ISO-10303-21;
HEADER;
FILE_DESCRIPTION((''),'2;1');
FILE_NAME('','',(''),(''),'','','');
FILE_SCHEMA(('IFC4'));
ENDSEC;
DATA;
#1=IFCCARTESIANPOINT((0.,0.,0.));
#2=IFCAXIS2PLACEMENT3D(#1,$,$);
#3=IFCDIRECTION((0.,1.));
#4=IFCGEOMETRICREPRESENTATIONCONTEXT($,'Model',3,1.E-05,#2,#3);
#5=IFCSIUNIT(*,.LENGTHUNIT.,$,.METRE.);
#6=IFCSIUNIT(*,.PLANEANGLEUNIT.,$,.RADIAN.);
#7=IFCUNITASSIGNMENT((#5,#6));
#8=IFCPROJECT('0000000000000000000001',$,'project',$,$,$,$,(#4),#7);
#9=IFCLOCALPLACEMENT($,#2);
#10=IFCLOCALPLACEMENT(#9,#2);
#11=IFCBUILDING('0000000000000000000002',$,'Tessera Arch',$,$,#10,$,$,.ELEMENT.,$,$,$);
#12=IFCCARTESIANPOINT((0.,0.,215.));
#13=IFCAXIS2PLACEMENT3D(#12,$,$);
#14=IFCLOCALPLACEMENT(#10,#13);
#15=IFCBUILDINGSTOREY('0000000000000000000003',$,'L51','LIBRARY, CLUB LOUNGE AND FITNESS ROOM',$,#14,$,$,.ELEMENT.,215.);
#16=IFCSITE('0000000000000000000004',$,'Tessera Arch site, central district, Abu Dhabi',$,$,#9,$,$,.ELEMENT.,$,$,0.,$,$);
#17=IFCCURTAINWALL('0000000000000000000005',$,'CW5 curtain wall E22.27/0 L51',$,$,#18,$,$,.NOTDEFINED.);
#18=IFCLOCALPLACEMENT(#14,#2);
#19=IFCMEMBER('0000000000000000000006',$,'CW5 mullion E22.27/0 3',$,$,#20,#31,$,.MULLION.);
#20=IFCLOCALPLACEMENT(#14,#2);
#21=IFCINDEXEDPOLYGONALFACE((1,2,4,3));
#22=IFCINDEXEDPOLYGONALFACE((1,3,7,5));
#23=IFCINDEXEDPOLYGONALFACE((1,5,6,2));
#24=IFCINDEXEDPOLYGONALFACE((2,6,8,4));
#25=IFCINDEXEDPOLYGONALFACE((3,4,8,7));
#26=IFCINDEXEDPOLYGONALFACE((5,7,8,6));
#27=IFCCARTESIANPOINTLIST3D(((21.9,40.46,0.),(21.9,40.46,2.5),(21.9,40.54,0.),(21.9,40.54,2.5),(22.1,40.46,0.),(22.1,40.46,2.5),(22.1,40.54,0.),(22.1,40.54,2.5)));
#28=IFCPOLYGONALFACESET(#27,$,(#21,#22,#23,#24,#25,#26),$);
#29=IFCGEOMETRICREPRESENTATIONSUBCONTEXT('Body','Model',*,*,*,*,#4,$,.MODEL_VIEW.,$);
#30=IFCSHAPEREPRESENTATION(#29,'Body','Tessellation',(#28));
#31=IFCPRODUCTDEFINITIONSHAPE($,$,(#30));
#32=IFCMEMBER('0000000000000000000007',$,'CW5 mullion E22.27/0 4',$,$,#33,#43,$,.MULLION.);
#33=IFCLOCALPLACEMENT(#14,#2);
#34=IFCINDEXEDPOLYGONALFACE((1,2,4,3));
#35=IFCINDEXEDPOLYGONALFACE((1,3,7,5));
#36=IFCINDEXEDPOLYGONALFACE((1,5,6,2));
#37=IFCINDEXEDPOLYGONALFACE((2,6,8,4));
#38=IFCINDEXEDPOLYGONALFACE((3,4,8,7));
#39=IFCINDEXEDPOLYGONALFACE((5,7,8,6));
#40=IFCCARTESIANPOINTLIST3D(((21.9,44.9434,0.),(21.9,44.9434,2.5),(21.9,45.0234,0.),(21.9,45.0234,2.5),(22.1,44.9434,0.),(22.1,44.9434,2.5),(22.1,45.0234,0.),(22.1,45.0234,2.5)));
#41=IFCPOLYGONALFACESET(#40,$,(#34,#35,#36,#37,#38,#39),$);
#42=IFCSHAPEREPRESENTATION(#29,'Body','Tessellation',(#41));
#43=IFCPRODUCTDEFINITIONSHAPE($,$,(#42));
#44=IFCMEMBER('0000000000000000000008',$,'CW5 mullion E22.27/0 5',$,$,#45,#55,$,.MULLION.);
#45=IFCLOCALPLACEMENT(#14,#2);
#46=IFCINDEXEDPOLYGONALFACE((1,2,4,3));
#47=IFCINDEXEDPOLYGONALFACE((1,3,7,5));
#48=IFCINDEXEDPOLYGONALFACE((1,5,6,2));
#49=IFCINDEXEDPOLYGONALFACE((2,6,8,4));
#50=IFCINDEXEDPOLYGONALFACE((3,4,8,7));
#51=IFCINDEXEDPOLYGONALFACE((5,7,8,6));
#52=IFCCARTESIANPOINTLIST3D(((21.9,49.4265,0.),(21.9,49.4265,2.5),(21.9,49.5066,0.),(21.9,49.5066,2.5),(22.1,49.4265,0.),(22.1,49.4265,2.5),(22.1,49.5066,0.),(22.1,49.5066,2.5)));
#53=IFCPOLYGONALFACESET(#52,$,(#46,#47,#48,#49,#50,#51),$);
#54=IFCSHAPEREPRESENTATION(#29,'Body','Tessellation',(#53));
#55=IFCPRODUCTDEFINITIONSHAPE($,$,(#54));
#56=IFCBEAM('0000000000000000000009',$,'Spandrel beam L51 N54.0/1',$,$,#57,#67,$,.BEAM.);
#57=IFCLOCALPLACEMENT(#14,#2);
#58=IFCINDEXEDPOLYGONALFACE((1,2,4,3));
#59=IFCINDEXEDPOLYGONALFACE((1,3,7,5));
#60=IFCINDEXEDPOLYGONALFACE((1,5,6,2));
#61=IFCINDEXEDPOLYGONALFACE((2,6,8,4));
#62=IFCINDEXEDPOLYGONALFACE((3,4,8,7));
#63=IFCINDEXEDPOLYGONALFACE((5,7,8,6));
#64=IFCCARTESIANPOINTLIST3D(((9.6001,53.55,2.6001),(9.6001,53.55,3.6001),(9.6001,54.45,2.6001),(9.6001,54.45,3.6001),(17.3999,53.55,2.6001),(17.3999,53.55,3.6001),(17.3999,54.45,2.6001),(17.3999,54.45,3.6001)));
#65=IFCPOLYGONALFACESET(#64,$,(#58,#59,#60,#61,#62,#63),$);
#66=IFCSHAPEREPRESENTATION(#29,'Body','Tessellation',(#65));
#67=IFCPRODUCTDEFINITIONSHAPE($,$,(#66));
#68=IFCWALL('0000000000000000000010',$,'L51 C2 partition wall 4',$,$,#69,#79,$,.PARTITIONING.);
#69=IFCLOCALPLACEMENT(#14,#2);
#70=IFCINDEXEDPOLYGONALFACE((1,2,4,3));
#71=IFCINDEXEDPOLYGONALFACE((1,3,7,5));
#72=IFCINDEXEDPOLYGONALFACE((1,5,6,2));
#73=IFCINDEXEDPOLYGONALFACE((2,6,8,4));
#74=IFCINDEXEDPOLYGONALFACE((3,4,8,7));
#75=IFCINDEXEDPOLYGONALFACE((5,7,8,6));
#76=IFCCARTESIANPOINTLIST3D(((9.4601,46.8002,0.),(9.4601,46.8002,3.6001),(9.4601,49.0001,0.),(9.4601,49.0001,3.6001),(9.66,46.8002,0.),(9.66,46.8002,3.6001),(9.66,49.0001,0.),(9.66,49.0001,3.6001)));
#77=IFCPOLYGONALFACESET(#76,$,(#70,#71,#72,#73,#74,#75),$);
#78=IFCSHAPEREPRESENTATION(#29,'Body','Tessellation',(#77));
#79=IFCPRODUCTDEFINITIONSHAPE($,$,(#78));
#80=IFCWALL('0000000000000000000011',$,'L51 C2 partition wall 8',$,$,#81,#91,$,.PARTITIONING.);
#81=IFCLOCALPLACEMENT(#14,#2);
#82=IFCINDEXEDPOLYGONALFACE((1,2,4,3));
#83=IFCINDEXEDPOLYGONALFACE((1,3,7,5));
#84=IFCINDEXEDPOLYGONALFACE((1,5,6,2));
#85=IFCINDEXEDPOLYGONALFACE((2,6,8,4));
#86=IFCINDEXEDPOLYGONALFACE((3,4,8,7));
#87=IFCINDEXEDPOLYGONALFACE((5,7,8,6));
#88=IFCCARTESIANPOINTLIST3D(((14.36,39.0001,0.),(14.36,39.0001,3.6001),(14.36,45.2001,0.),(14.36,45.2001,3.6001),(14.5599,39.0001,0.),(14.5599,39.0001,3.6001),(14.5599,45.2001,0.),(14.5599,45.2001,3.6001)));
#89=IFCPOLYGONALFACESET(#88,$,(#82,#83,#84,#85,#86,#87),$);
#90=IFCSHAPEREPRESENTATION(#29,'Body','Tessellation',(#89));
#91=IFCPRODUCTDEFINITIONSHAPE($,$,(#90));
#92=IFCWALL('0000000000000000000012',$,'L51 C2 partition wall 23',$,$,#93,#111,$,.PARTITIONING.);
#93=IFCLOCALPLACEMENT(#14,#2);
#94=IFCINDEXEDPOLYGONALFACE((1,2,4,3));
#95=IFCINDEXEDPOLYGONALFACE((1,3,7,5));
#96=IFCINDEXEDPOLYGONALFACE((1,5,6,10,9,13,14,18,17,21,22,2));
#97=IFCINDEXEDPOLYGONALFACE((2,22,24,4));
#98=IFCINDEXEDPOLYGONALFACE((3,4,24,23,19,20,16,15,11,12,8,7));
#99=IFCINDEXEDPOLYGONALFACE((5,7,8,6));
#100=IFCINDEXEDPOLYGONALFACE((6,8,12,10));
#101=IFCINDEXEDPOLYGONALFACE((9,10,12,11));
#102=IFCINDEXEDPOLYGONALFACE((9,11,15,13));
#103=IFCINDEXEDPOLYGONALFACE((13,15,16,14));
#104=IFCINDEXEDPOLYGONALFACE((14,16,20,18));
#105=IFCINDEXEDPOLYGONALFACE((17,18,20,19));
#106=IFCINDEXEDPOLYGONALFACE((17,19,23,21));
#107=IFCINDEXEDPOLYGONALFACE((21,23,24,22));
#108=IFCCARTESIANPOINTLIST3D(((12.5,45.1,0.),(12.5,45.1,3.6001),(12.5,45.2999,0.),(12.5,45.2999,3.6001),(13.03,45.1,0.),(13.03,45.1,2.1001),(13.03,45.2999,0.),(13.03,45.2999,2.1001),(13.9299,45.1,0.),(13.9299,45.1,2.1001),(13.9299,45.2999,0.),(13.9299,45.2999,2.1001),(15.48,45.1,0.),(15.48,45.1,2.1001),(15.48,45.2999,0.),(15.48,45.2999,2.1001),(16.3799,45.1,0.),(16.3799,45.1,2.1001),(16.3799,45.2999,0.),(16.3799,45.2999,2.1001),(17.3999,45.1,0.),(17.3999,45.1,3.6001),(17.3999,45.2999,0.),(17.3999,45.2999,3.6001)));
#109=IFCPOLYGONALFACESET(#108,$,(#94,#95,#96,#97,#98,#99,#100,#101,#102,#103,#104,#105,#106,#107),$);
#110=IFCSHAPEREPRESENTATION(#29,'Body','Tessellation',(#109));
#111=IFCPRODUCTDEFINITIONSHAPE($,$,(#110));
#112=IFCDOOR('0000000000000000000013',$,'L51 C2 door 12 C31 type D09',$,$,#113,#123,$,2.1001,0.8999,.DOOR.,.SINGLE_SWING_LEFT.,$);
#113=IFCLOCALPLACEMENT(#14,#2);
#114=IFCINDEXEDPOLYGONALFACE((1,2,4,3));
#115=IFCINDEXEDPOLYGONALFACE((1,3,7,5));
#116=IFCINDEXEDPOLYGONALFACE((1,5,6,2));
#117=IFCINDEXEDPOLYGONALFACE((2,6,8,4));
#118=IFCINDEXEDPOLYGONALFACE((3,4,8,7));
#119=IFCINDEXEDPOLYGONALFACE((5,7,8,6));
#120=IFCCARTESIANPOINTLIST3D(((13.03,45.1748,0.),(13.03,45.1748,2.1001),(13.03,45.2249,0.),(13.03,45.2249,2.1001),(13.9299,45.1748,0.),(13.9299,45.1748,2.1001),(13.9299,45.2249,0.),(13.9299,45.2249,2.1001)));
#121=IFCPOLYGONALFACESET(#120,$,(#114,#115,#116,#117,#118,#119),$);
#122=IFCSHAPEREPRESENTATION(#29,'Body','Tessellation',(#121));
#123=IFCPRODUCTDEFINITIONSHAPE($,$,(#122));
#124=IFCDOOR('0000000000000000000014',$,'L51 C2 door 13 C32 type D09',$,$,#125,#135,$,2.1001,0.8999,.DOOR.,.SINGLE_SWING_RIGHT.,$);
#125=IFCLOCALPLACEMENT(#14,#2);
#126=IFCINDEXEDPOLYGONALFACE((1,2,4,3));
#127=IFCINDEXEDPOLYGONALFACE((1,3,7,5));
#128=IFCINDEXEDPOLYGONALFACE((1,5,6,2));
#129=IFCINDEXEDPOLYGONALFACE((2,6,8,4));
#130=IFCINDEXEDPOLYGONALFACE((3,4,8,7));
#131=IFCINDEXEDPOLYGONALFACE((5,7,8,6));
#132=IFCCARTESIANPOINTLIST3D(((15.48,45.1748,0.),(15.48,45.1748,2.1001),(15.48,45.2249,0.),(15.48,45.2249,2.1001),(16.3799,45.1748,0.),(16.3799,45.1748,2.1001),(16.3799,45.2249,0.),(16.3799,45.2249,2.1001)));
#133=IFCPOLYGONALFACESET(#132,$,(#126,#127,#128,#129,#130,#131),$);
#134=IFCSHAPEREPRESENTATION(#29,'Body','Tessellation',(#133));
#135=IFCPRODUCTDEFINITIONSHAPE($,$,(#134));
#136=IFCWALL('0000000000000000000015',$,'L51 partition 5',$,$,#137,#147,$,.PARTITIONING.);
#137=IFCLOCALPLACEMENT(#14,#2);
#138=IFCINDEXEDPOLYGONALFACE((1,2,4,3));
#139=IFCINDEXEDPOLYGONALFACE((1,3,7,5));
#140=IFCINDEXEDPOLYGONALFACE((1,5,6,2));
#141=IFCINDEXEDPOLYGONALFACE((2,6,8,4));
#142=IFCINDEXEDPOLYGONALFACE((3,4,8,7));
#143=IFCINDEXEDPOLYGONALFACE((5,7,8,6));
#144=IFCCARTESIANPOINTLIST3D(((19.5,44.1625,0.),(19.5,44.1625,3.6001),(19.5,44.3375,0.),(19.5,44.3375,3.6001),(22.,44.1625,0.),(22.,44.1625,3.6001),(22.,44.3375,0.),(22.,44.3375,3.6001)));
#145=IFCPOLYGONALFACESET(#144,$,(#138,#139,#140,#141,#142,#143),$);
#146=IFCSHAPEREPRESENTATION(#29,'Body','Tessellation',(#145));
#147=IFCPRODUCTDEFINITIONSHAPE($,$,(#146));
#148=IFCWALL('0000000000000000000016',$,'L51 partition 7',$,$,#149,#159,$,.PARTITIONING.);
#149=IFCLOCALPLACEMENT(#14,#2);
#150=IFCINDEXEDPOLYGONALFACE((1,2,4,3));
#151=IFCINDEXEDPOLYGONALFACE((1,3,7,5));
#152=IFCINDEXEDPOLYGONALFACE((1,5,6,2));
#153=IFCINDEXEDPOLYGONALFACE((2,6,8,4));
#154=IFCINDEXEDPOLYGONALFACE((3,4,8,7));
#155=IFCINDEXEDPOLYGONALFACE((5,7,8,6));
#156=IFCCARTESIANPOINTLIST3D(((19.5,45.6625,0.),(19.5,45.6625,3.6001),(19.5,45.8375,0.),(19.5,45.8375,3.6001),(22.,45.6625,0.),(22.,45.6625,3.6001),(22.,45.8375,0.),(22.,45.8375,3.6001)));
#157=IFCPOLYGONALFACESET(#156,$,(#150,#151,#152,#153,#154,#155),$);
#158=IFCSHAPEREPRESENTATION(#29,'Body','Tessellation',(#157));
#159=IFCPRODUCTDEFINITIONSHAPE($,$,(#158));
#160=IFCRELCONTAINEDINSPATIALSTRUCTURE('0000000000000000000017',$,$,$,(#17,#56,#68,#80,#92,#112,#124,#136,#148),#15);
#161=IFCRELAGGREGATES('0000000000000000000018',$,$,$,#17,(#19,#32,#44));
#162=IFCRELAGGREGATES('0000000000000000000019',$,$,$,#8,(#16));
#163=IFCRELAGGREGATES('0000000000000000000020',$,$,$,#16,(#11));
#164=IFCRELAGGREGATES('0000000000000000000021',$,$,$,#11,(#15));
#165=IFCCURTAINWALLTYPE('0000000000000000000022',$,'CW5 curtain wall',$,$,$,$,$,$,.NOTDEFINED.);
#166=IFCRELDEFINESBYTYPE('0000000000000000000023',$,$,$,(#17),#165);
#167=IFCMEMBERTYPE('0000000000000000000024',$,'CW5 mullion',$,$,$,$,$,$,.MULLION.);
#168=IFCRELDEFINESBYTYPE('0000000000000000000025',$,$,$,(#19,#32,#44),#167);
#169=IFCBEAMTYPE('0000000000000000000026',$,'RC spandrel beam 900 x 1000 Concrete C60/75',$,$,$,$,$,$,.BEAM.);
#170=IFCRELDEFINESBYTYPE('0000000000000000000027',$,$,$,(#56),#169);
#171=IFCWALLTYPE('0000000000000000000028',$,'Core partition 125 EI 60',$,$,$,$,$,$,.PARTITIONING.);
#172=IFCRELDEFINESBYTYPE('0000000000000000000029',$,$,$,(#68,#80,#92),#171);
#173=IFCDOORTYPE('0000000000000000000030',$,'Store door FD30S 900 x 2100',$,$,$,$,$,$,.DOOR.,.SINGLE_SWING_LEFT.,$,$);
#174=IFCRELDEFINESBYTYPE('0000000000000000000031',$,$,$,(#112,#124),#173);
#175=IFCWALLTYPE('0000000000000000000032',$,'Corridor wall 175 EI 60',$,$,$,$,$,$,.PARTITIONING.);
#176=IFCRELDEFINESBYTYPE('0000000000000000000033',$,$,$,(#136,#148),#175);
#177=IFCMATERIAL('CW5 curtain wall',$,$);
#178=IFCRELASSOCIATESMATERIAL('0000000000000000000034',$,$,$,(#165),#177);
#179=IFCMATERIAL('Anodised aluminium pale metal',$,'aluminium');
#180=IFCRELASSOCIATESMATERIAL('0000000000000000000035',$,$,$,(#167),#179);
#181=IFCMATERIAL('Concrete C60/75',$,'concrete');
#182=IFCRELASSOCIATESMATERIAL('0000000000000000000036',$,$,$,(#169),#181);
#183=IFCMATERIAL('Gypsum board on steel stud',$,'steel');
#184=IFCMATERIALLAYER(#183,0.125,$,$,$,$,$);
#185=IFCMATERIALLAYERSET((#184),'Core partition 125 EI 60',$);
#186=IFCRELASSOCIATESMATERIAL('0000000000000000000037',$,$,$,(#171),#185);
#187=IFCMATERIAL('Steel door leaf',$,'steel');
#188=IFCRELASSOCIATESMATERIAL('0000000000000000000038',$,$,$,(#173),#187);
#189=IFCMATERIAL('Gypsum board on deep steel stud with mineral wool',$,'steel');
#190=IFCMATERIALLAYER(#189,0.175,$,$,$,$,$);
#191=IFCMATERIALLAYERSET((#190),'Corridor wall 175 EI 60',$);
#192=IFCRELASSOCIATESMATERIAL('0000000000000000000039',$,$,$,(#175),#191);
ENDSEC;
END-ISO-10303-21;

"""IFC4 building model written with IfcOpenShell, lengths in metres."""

from ifc_helpers import new_model, si_unit, direction, frame, frame_2d, origin, origin_2d, place, context, subcontext, project, spatial, rectangle, extrude, material, layer, layer_set, material_profile, profile_set, type_object, element, fill, aggregate, save


model = new_model("IFC4")

# Units and contexts
model_context = context("Model", 3, precision=1e-05, world=origin(), true_north=direction((0.0, 1.0)))
body_context = subcontext(model_context, "Body", "Model", "MODEL_VIEW")
ifc_project = project(units=[si_unit("LENGTHUNIT", "METRE"), si_unit("PLANEANGLEUNIT", "RADIAN")], contexts=[model_context])

# Site, building, storey
site_placement = place(None, origin())
site = spatial("IfcSite", under=ifc_project, at=site_placement, Name="Tessera Arch site, central district, Abu Dhabi", CompositionType="ELEMENT", RefElevation=0.0)
building_placement = place(site_placement, origin())
building = spatial("IfcBuilding", under=site, at=building_placement, Name="Tessera Arch", CompositionType="ELEMENT")
storey_placement = place(building_placement, frame((0.0, 0.0, 215.0)))
storey = spatial("IfcBuildingStorey", under=building, at=storey_placement, Name="L51", Description="LIBRARY, CLUB LOUNGE AND FITNESS ROOM", CompositionType="ELEMENT", Elevation=215.0)

# Curtain wall, members
ifc_material_1 = material(Name="CW5 curtain wall")
curtain_wall_type = type_object("IfcCurtainWallType", Name="CW5 curtain wall", PredefinedType="NOTDEFINED", material=ifc_material_1)
curtain_wall_placement = place(storey_placement, origin())
curtain_wall = element("IfcCurtainWall", 1, at=curtain_wall_placement, inside=storey, type_object=curtain_wall_type, Name="CW5 curtain wall E22.27/0 L51", PredefinedType="NOTDEFINED")
ifc_material_2 = material(Name="Anodised aluminium pale metal", Category="aluminium")
ifc_material_profile_1 = material_profile(ifc_material_2, rectangle(XDim=0.2, YDim=0.0801, at=origin_2d()), Name="AL 80x200")
ifc_profile_set_1 = profile_set([ifc_material_profile_1], Name="Anodised aluminium pale metal")
member_type = type_object("IfcMemberType", Name="CW5 mullion", PredefinedType="MULLION", material=ifc_profile_set_1)
member_1_placement = place(storey_placement, frame((22.0, 40.5, 0.0), z_axis=(0.0, 0.0, 1.0), x_axis=(-1.0, 0.0, 0.0)))
member_1 = element("IfcMember", 2, at=member_1_placement, type_object=member_type, Name="CW5 mullion E22.27/0 3", PredefinedType="MULLION", context=body_context, shape_type="SweptSolid", body=[
    extrude(rectangle(XDim=0.2, YDim=0.0801, at=origin_2d()), origin(), (0.0, 0.0, 1.0), 2.5),
])
member_2_placement = place(storey_placement, frame((22.0, 44.9834, 0.0), z_axis=(0.0, 0.0, 1.0), x_axis=(-1.0, 0.0, 0.0)))
member_2 = element("IfcMember", 3, at=member_2_placement, type_object=member_type, Name="CW5 mullion E22.27/0 4", PredefinedType="MULLION", context=body_context, shape_type="SweptSolid", body=[
    extrude(rectangle(XDim=0.2, YDim=0.0801, at=origin_2d()), origin(), (0.0, 0.0, 1.0), 2.5),
])
member_3_placement = place(storey_placement, frame((22.0, 49.4666, 0.0), z_axis=(0.0, 0.0, 1.0), x_axis=(-1.0, 0.0, 0.0)))
member_3 = element("IfcMember", 4, at=member_3_placement, type_object=member_type, Name="CW5 mullion E22.27/0 5", PredefinedType="MULLION", context=body_context, shape_type="SweptSolid", body=[
    extrude(rectangle(XDim=0.2, YDim=0.0801, at=origin_2d()), origin(), (0.0, 0.0, 1.0), 2.5),
])
aggregate(curtain_wall, [member_1, member_2, member_3])

# Beam
ifc_material_3 = material(Name="Concrete C60/75", Category="concrete")
ifc_material_profile_2 = material_profile(ifc_material_3, rectangle(XDim=0.8999, YDim=1.0, at=origin_2d()), Name="RC spandrel beam 900 x 1000 Concrete C60/75")
ifc_profile_set_2 = profile_set([ifc_material_profile_2], Name="Concrete C60/75")
beam_type = type_object("IfcBeamType", Name="RC spandrel beam 900 x 1000 Concrete C60/75", PredefinedType="BEAM", material=ifc_profile_set_2)
beam_placement = place(storey_placement, frame((17.3999, 54.0, 3.1001), z_axis=(-1.0, 0.0, 0.0), x_axis=(0.0, -1.0, 0.0)))
element("IfcBeam", 5, at=beam_placement, inside=storey, type_object=beam_type, Name="Spandrel beam L51 N54.0/1", PredefinedType="BEAM", context=body_context, shape_type="SweptSolid", body=[
    extrude(rectangle(XDim=0.8999, YDim=1.0, at=origin_2d()), origin(), (0.0, 0.0, 1.0), 7.7998),
])

# Walls
ifc_material_4 = material(Name="Gypsum board on steel stud", Category="steel")
ifc_layer_1 = layer(ifc_material_4, 0.125)
ifc_layer_set_1 = layer_set([ifc_layer_1], Name="Core partition 125 EI 60")
wall_type_1 = type_object("IfcWallType", Name="Core partition 125 EI 60", PredefinedType="PARTITIONING", material=ifc_layer_set_1)
wall_1_placement = place(storey_placement, frame((9.5601, 46.8, 0.0), z_axis=(0.0, 0.0, 1.0), x_axis=(0.0, 1.0, 0.0)))
element("IfcWall", 6, at=wall_1_placement, inside=storey, type_object=wall_type_1, Name="L51 C2 partition wall 4", PredefinedType="PARTITIONING", context=body_context, shape_type="SweptSolid", body=[
    extrude(rectangle(XDim=2.2, YDim=0.2, at=frame_2d((1.1001, 0.0))), origin(), (0.0, 0.0, 1.0), 3.6001),
])
wall_2_placement = place(storey_placement, frame((14.46, 39.0, 0.0), z_axis=(0.0, 0.0, 1.0), x_axis=(0.0, 1.0, 0.0)))
element("IfcWall", 7, at=wall_2_placement, inside=storey, type_object=wall_type_1, Name="L51 C2 partition wall 8", PredefinedType="PARTITIONING", context=body_context, shape_type="SweptSolid", body=[
    extrude(rectangle(XDim=6.2, YDim=0.2, at=frame_2d((3.1001, 0.0))), origin(), (0.0, 0.0, 1.0), 3.6001),
])

# Wall, openings, doors
wall_3_placement = place(storey_placement, frame((12.5, 45.2, 0.0), z_axis=(0.0, 0.0, 1.0), x_axis=(1.0, 0.0, 0.0)))
wall_3 = element("IfcWall", 8, at=wall_3_placement, inside=storey, type_object=wall_type_1, Name="L51 C2 partition wall 23", PredefinedType="PARTITIONING", context=body_context, shape_type="SweptSolid", body=[
    extrude(rectangle(XDim=4.8999, YDim=0.2, at=frame_2d((2.45, 0.0))), origin(), (0.0, 0.0, 1.0), 3.6001),
])
opening_1_placement = place(wall_3_placement, frame((0.53, 0.0, 0.0)))
opening_1 = element("IfcOpeningElement", 9, at=opening_1_placement, cuts=wall_3, PredefinedType="OPENING", context=body_context, shape_type="SweptSolid", body=[
    extrude(rectangle(XDim=0.8999, YDim=2.1001, at=frame_2d((0.45, 1.05))), frame((0.0, 0.1099, 0.0), z_axis=(0.0, -1.0, 0.0), x_axis=(1.0, 0.0, 0.0)), (0.0, 0.0, 1.0), 0.22),
])
opening_2_placement = place(wall_3_placement, frame((2.98, 0.0, 0.0)))
opening_2 = element("IfcOpeningElement", 10, at=opening_2_placement, cuts=wall_3, PredefinedType="OPENING", context=body_context, shape_type="SweptSolid", body=[
    extrude(rectangle(XDim=0.8999, YDim=2.1001, at=frame_2d((0.45, 1.05))), frame((0.0, 0.1099, 0.0), z_axis=(0.0, -1.0, 0.0), x_axis=(1.0, 0.0, 0.0)), (0.0, 0.0, 1.0), 0.22),
])
ifc_material_5 = material(Name="Steel door leaf", Category="steel")
door_type_1 = type_object("IfcDoorType", Name="Store door FD30S 900 x 2100", OperationType="SINGLE_SWING_LEFT", PredefinedType="DOOR", material=ifc_material_5)
door_1_placement = place(opening_1_placement, origin())
door_1 = element("IfcDoor", 11, at=door_1_placement, inside=storey, type_object=door_type_1, Name="L51 C2 door 12 C31 type D09", OperationType="SINGLE_SWING_LEFT", OverallHeight=2.1001, OverallWidth=0.8999, PredefinedType="DOOR", context=body_context, shape_type="SweptSolid", body=[
    extrude(rectangle(XDim=0.8999, YDim=2.1001, at=frame_2d((0.45, 1.05))), frame((0.0, 0.0249, 0.0), z_axis=(0.0, -1.0, 0.0), x_axis=(1.0, 0.0, 0.0)), (0.0, 0.0, 1.0), 0.05),
])
fill(opening_1, door_1)
door_2_placement = place(opening_2_placement, origin())
door_2 = element("IfcDoor", 12, at=door_2_placement, inside=storey, type_object=door_type_1, Name="L51 C2 door 13 C32 type D09", OperationType="SINGLE_SWING_RIGHT", OverallHeight=2.1001, OverallWidth=0.8999, PredefinedType="DOOR", context=body_context, shape_type="SweptSolid", body=[
    extrude(rectangle(XDim=0.8999, YDim=2.1001, at=frame_2d((0.45, 1.05))), frame((0.0, 0.0249, 0.0), z_axis=(0.0, -1.0, 0.0), x_axis=(1.0, 0.0, 0.0)), (0.0, 0.0, 1.0), 0.05),
])
fill(opening_2, door_2)

# Walls
ifc_material_6 = material(Name="Gypsum board on deep steel stud with mineral wool", Category="steel")
ifc_layer_2 = layer(ifc_material_6, 0.175)
ifc_layer_set_2 = layer_set([ifc_layer_2], Name="Corridor wall 175 EI 60")
wall_type_2 = type_object("IfcWallType", Name="Corridor wall 175 EI 60", PredefinedType="PARTITIONING", material=ifc_layer_set_2)
for number, where, z_axis, x_axis, name in (
    (13, (19.5, 44.25, 0.0), (0.0, 0.0, 1.0), (1.0, 0.0, 0.0), "L51 partition 5"),
    (14, (19.5, 45.75, 0.0), (0.0, 0.0, 1.0), (1.0, 0.0, 0.0), "L51 partition 7"),
):
    element("IfcWall", number, at=place(storey_placement, frame(where, z_axis=z_axis, x_axis=x_axis)), inside=storey, type_object=wall_type_2, Name=name, PredefinedType="PARTITIONING", context=body_context, shape_type="SweptSolid", body=[
        extrude(rectangle(XDim=2.5, YDim=0.175, at=frame_2d((1.25, 0.0))), origin(), (0.0, 0.0, 1.0), 3.6001),
    ])

save(model, "model.ifc")
